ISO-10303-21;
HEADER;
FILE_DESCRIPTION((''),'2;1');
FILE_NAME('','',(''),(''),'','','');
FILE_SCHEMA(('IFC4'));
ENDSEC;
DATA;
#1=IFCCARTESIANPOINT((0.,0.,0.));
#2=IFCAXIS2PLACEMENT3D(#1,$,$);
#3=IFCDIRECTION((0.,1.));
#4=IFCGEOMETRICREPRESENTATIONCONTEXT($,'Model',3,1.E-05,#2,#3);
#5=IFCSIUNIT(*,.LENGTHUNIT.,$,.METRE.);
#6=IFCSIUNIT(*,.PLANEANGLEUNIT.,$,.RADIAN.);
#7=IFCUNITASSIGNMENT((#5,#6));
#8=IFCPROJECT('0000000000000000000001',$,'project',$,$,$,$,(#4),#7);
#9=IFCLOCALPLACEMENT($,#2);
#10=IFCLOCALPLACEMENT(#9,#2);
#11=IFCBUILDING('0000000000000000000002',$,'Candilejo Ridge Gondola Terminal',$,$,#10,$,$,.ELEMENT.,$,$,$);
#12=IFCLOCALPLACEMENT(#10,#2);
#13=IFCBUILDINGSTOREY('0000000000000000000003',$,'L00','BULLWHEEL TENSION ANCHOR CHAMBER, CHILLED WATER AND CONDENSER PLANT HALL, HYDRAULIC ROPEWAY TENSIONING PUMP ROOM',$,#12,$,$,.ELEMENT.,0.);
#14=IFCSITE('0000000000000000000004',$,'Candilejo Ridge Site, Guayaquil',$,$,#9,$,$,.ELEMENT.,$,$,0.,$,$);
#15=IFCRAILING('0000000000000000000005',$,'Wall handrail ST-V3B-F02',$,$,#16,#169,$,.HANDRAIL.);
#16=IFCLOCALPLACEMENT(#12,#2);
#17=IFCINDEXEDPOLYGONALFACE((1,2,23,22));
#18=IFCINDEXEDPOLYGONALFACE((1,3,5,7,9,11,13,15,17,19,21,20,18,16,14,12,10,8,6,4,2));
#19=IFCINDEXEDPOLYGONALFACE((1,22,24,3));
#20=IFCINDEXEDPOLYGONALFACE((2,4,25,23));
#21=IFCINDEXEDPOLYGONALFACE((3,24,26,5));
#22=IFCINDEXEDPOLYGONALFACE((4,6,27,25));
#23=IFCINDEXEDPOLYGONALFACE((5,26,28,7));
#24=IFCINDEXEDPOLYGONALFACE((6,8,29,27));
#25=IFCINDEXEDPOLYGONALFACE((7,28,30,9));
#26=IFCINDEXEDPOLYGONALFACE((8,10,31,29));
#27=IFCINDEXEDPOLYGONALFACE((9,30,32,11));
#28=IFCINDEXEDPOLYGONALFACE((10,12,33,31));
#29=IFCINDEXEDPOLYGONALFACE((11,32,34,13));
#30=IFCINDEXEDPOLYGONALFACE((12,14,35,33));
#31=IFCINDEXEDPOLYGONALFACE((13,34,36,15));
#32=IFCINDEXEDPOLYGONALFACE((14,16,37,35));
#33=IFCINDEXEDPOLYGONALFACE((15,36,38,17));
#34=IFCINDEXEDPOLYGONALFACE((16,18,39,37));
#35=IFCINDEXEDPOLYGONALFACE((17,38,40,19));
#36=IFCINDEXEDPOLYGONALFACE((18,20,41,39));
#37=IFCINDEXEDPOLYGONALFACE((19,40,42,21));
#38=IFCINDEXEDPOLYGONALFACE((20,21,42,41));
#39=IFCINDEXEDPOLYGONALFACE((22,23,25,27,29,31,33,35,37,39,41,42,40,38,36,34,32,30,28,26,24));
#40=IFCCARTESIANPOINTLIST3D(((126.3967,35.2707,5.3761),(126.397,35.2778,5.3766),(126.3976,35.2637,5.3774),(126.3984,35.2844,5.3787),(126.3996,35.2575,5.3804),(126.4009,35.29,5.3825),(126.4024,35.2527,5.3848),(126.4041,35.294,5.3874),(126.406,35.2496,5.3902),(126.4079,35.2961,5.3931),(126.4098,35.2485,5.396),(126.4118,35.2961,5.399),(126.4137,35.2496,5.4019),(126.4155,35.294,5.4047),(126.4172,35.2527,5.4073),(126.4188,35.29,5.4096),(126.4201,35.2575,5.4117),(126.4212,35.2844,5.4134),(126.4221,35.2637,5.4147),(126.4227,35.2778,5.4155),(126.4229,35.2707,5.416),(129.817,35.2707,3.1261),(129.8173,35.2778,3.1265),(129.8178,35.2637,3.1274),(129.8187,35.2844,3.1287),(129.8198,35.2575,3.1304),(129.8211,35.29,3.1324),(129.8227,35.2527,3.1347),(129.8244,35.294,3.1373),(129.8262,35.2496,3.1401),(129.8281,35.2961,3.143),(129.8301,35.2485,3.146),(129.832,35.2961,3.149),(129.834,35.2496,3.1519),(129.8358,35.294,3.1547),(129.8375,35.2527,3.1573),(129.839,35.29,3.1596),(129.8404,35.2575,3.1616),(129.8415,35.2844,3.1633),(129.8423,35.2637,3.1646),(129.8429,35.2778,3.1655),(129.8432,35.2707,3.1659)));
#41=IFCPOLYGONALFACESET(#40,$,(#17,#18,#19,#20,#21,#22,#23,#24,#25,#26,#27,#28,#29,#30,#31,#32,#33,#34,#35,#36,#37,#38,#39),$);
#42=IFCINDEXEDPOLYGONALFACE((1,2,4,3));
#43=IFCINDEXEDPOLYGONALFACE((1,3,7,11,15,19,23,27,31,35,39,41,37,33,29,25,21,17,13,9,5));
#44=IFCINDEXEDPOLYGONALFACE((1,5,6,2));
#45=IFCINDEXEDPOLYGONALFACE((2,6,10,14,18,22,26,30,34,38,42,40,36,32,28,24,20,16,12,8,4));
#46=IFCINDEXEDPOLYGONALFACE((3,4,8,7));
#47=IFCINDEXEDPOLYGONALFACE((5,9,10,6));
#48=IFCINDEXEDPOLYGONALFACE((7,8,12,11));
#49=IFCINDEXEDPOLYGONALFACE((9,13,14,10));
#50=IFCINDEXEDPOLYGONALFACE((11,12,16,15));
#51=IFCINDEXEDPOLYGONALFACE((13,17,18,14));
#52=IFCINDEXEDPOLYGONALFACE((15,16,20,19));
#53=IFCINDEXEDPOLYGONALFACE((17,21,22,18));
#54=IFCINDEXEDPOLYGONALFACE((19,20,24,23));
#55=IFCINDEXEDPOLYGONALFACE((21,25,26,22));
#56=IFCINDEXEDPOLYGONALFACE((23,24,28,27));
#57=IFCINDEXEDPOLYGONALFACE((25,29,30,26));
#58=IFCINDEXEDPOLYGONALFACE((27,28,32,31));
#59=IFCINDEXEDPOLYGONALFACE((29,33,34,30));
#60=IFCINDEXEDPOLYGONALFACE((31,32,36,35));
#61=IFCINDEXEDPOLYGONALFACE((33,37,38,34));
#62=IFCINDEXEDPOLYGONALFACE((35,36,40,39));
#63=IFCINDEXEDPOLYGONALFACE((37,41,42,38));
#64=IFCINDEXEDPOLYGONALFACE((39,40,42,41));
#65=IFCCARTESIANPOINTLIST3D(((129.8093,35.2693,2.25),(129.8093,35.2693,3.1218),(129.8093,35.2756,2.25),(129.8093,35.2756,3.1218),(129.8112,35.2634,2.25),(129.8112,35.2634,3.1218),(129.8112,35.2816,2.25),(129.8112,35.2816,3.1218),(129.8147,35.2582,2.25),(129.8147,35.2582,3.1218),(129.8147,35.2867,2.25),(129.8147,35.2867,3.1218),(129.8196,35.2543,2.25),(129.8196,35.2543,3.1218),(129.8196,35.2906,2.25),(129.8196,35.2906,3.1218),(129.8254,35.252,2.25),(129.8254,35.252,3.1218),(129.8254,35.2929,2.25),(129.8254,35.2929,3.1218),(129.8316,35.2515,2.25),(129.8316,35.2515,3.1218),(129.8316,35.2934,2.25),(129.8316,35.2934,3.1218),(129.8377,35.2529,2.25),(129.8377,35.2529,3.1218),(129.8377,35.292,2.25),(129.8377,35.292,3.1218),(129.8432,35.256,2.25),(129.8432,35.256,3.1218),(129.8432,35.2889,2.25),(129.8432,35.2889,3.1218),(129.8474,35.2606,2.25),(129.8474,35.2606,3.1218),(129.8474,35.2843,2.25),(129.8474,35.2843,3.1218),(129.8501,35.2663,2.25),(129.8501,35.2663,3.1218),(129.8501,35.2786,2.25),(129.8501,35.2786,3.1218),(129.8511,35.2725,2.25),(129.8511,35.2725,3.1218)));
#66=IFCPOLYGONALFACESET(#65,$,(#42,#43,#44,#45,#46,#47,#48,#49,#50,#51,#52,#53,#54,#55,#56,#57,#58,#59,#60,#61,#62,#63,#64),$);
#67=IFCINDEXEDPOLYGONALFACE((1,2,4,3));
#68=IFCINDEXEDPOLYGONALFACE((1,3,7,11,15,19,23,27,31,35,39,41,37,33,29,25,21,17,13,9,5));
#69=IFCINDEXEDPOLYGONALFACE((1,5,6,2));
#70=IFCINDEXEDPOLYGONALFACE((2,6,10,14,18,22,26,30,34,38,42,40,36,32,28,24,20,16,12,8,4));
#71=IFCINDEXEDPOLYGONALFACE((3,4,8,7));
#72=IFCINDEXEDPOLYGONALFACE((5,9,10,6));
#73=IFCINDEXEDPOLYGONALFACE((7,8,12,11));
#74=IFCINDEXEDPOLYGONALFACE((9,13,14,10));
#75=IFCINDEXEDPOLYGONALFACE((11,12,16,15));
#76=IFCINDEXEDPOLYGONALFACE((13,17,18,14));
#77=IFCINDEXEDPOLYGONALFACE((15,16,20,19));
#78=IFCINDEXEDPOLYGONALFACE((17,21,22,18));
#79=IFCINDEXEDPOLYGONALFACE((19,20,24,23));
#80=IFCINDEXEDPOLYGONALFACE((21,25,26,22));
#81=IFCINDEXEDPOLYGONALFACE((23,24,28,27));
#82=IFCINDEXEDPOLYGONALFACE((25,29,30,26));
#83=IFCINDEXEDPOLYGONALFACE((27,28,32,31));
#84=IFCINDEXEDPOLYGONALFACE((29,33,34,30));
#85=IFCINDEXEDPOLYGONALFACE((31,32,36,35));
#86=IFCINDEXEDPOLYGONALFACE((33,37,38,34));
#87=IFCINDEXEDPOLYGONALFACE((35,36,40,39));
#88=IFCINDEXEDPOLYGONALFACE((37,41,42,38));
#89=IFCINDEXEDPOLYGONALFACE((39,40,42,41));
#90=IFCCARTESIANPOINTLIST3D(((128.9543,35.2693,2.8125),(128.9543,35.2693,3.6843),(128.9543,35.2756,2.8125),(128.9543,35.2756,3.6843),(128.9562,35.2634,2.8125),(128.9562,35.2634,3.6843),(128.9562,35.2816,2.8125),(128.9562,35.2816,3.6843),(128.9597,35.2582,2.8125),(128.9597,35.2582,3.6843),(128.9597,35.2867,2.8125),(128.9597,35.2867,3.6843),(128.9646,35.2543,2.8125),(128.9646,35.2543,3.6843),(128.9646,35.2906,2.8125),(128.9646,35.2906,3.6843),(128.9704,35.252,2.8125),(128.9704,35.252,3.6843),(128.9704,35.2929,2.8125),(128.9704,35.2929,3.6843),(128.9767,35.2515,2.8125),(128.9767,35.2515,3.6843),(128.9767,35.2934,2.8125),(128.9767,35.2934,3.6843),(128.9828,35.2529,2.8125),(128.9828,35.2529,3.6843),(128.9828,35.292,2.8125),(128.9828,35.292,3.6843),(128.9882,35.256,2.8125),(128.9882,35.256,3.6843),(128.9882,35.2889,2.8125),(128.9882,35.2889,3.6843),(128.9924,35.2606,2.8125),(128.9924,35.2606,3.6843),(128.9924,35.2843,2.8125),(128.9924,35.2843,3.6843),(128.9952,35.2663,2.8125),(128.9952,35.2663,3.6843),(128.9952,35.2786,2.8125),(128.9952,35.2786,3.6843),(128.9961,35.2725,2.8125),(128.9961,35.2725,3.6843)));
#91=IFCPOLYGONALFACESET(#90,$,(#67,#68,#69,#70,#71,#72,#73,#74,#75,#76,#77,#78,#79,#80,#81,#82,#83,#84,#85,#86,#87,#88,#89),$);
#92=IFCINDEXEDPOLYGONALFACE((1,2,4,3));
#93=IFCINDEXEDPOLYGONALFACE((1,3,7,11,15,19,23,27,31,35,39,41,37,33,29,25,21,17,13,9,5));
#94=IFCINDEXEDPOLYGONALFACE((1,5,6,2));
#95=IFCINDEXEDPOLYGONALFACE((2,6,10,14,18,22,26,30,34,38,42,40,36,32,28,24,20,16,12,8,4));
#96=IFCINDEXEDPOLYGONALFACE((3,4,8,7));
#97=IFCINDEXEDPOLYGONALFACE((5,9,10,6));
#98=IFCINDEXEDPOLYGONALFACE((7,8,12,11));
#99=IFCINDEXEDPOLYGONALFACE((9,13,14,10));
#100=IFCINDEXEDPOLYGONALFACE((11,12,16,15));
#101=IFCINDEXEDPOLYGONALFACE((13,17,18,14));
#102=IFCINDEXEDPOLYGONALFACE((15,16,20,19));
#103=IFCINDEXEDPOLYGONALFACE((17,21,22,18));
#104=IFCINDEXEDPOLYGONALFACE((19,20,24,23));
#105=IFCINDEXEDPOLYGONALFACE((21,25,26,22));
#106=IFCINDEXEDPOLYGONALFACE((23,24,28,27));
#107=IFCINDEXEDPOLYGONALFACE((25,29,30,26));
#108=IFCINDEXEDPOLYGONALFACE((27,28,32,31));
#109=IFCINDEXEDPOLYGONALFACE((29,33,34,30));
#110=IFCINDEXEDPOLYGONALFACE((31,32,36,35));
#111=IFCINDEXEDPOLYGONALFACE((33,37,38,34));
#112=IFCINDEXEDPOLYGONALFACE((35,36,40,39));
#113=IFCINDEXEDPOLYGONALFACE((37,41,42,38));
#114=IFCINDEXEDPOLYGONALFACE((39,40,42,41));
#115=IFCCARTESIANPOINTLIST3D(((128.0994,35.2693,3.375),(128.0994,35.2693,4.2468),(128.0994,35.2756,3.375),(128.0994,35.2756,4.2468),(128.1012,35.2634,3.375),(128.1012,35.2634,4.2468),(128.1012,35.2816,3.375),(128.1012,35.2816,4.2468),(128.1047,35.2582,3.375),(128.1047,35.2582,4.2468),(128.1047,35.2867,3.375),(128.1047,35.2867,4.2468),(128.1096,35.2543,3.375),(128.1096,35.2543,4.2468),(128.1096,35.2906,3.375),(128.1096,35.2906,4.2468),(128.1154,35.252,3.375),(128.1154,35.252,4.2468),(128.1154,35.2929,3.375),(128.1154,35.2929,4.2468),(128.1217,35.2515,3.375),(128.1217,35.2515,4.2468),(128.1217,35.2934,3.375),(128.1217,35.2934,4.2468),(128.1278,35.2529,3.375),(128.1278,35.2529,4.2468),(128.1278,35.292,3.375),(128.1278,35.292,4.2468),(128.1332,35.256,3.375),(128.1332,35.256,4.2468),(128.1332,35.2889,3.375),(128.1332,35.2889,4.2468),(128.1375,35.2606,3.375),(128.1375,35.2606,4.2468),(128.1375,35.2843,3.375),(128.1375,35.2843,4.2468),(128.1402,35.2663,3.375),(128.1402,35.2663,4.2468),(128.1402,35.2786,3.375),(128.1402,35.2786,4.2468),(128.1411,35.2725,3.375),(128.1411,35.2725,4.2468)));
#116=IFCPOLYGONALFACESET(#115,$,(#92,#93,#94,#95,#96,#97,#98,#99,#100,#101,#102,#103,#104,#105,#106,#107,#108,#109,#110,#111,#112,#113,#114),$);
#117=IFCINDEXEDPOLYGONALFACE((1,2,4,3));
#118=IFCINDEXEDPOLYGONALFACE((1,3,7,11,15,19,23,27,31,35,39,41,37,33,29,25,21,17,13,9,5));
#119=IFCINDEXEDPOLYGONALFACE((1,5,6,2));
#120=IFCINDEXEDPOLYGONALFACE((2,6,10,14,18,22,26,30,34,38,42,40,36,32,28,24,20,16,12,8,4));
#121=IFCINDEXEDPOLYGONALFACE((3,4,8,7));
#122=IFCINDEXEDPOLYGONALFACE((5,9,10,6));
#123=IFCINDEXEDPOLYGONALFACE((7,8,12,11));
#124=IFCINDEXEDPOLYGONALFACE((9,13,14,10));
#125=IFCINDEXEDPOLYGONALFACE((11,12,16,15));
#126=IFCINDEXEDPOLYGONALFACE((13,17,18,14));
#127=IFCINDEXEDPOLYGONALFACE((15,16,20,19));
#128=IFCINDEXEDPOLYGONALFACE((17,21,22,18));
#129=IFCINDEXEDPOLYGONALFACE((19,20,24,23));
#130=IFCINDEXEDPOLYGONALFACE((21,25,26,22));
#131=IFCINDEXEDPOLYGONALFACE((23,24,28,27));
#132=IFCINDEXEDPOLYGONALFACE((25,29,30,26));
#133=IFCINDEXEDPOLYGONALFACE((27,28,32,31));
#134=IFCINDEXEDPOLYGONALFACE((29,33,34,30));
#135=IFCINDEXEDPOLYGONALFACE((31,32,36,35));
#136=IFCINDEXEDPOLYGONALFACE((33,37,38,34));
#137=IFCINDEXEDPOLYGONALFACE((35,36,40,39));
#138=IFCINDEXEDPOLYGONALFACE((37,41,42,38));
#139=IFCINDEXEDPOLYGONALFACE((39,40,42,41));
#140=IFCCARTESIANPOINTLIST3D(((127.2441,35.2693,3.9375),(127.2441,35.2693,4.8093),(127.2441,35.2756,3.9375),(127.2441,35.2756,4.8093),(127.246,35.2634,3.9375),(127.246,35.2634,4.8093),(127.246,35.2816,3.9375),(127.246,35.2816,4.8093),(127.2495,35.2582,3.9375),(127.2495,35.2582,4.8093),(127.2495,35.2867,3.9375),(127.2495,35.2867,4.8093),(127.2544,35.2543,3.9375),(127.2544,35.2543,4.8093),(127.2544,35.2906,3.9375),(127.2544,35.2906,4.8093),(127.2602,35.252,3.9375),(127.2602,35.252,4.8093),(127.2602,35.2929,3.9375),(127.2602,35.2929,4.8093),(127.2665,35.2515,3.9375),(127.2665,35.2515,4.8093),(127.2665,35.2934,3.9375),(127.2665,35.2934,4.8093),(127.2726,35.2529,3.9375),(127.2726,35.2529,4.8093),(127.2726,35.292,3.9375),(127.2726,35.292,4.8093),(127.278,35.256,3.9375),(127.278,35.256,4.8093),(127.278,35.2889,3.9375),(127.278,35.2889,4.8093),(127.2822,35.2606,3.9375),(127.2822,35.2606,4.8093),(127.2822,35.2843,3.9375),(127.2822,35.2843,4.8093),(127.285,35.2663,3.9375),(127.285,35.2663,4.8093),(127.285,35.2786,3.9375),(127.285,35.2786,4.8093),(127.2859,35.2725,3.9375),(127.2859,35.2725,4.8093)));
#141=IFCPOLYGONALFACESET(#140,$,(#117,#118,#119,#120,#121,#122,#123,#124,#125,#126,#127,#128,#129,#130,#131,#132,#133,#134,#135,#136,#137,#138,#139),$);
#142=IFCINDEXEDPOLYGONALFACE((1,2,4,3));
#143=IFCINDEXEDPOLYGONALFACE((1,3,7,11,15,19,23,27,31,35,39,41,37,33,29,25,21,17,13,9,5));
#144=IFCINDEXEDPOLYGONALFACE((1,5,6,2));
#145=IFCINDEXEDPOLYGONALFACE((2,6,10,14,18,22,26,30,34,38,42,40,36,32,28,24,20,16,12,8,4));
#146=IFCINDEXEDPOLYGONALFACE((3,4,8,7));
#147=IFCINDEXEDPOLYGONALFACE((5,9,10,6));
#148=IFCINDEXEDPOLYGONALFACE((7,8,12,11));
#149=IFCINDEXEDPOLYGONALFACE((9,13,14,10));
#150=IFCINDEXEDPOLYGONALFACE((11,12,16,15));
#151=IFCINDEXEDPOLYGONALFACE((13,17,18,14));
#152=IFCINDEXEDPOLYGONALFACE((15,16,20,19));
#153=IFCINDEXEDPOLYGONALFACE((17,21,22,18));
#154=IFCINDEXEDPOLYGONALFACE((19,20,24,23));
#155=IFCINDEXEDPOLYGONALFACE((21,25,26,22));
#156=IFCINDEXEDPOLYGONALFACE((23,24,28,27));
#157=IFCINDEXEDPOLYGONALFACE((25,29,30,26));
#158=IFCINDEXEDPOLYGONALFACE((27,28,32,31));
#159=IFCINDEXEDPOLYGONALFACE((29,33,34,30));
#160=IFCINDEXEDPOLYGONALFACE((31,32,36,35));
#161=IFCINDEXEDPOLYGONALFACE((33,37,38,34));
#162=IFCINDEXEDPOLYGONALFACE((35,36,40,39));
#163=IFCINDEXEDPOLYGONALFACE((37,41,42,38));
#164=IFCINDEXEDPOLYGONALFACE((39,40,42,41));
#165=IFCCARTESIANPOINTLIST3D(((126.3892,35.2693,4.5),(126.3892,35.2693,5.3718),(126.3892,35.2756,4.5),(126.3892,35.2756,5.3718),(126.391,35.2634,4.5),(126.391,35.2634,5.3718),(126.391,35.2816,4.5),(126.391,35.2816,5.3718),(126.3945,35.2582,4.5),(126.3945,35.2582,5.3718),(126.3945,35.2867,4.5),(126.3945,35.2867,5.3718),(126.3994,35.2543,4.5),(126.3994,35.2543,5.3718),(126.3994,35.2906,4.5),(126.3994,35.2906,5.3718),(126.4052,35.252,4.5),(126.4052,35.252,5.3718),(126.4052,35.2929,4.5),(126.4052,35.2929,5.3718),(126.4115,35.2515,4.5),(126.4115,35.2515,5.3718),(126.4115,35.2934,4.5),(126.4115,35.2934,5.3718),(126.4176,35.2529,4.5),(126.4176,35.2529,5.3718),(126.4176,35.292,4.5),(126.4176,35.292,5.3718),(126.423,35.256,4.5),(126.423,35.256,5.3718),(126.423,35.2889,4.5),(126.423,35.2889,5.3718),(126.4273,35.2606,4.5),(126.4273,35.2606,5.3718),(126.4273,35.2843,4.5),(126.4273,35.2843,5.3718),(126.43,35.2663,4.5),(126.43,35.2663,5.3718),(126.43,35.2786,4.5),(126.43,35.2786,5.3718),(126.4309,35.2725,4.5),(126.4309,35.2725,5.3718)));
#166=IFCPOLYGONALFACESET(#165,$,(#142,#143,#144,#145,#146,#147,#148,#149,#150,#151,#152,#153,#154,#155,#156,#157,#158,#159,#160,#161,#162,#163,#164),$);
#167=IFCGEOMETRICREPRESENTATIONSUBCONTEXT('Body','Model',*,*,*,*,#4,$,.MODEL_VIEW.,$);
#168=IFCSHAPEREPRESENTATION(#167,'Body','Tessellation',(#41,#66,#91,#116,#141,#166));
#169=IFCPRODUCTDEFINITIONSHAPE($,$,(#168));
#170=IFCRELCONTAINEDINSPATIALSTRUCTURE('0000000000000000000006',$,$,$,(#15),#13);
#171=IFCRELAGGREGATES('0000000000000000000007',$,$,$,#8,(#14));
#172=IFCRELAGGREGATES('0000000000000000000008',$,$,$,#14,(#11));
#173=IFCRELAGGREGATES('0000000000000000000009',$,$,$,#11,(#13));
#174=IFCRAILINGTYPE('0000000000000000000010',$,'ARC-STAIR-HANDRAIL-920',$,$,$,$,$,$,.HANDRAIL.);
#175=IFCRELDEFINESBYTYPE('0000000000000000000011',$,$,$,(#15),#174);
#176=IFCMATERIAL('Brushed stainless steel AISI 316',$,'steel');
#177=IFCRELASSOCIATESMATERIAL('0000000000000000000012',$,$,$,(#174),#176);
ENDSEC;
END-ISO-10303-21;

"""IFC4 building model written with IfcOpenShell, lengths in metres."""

from ifc_helpers import new_model, si_unit, direction, frame, origin, origin_2d, place, context, subcontext, project, spatial, circle, extrude, material, type_object, element, save


model = new_model("IFC4")

# Units and contexts
model_context = context("Model", 3, precision=1e-05, world=origin(), true_north=direction((0.0, 1.0)))
body_context = subcontext(model_context, "Body", "Model", "MODEL_VIEW")
ifc_project = project(units=[si_unit("LENGTHUNIT", "METRE"), si_unit("PLANEANGLEUNIT", "RADIAN")], contexts=[model_context])

# Site, building, storey
site_placement = place(None, origin())
site = spatial("IfcSite", under=ifc_project, at=site_placement, Name="Candilejo Ridge Site, Guayaquil", CompositionType="ELEMENT", RefElevation=0.0)
building_placement = place(site_placement, origin())
building = spatial("IfcBuilding", under=site, at=building_placement, Name="Candilejo Ridge Gondola Terminal", CompositionType="ELEMENT")
storey_placement = place(building_placement, origin())
storey = spatial("IfcBuildingStorey", under=building, at=storey_placement, Name="L00", Description="BULLWHEEL TENSION ANCHOR CHAMBER, CHILLED WATER AND CONDENSER PLANT HALL, HYDRAULIC ROPEWAY TENSIONING PUMP ROOM", CompositionType="ELEMENT", Elevation=0.0)

# Railing
ifc_material_1 = material(Name="Brushed stainless steel AISI 316", Category="steel")
railing_type_1 = type_object("IfcRailingType", Name="ARC-STAIR-HANDRAIL-920", PredefinedType="HANDRAIL", material=ifc_material_1)
railing_1_placement = place(storey_placement, frame((129.8301, 35.2725, 2.25)))
element("IfcRailing", 1, at=railing_1_placement, inside=storey, type_object=railing_type_1, Name="Wall handrail ST-V3B-F02", PredefinedType="HANDRAIL", context=body_context, shape_type="SweptSolid", body=[
    extrude(circle(Radius=0.0239, at=origin_2d()), frame((0.0, 0.0, 0.896), z_axis=(-0.835429, 0.0, 0.549598), x_axis=(0.0, -1.0, 0.0)), (0.0, 0.0, 1.0), 4.094),
    extrude(circle(Radius=0.021, at=origin_2d()), origin(), (0.0, 0.0, 1.0), 0.8718),
    extrude(circle(Radius=0.021, at=origin_2d()), frame((-0.855, 0.0, 0.5625)), (0.0, 0.0, 1.0), 0.8718),
    extrude(circle(Radius=0.021, at=origin_2d()), frame((-1.71, 0.0, 1.125)), (0.0, 0.0, 1.0), 0.8718),
    extrude(circle(Radius=0.021, at=origin_2d()), frame((-2.5652, 0.0, 1.6875)), (0.0, 0.0, 1.0), 0.8718),
    extrude(circle(Radius=0.021, at=origin_2d()), frame((-3.4202, 0.0, 2.25)), (0.0, 0.0, 1.0), 0.8718),
])

save(model, "model.ifc")
